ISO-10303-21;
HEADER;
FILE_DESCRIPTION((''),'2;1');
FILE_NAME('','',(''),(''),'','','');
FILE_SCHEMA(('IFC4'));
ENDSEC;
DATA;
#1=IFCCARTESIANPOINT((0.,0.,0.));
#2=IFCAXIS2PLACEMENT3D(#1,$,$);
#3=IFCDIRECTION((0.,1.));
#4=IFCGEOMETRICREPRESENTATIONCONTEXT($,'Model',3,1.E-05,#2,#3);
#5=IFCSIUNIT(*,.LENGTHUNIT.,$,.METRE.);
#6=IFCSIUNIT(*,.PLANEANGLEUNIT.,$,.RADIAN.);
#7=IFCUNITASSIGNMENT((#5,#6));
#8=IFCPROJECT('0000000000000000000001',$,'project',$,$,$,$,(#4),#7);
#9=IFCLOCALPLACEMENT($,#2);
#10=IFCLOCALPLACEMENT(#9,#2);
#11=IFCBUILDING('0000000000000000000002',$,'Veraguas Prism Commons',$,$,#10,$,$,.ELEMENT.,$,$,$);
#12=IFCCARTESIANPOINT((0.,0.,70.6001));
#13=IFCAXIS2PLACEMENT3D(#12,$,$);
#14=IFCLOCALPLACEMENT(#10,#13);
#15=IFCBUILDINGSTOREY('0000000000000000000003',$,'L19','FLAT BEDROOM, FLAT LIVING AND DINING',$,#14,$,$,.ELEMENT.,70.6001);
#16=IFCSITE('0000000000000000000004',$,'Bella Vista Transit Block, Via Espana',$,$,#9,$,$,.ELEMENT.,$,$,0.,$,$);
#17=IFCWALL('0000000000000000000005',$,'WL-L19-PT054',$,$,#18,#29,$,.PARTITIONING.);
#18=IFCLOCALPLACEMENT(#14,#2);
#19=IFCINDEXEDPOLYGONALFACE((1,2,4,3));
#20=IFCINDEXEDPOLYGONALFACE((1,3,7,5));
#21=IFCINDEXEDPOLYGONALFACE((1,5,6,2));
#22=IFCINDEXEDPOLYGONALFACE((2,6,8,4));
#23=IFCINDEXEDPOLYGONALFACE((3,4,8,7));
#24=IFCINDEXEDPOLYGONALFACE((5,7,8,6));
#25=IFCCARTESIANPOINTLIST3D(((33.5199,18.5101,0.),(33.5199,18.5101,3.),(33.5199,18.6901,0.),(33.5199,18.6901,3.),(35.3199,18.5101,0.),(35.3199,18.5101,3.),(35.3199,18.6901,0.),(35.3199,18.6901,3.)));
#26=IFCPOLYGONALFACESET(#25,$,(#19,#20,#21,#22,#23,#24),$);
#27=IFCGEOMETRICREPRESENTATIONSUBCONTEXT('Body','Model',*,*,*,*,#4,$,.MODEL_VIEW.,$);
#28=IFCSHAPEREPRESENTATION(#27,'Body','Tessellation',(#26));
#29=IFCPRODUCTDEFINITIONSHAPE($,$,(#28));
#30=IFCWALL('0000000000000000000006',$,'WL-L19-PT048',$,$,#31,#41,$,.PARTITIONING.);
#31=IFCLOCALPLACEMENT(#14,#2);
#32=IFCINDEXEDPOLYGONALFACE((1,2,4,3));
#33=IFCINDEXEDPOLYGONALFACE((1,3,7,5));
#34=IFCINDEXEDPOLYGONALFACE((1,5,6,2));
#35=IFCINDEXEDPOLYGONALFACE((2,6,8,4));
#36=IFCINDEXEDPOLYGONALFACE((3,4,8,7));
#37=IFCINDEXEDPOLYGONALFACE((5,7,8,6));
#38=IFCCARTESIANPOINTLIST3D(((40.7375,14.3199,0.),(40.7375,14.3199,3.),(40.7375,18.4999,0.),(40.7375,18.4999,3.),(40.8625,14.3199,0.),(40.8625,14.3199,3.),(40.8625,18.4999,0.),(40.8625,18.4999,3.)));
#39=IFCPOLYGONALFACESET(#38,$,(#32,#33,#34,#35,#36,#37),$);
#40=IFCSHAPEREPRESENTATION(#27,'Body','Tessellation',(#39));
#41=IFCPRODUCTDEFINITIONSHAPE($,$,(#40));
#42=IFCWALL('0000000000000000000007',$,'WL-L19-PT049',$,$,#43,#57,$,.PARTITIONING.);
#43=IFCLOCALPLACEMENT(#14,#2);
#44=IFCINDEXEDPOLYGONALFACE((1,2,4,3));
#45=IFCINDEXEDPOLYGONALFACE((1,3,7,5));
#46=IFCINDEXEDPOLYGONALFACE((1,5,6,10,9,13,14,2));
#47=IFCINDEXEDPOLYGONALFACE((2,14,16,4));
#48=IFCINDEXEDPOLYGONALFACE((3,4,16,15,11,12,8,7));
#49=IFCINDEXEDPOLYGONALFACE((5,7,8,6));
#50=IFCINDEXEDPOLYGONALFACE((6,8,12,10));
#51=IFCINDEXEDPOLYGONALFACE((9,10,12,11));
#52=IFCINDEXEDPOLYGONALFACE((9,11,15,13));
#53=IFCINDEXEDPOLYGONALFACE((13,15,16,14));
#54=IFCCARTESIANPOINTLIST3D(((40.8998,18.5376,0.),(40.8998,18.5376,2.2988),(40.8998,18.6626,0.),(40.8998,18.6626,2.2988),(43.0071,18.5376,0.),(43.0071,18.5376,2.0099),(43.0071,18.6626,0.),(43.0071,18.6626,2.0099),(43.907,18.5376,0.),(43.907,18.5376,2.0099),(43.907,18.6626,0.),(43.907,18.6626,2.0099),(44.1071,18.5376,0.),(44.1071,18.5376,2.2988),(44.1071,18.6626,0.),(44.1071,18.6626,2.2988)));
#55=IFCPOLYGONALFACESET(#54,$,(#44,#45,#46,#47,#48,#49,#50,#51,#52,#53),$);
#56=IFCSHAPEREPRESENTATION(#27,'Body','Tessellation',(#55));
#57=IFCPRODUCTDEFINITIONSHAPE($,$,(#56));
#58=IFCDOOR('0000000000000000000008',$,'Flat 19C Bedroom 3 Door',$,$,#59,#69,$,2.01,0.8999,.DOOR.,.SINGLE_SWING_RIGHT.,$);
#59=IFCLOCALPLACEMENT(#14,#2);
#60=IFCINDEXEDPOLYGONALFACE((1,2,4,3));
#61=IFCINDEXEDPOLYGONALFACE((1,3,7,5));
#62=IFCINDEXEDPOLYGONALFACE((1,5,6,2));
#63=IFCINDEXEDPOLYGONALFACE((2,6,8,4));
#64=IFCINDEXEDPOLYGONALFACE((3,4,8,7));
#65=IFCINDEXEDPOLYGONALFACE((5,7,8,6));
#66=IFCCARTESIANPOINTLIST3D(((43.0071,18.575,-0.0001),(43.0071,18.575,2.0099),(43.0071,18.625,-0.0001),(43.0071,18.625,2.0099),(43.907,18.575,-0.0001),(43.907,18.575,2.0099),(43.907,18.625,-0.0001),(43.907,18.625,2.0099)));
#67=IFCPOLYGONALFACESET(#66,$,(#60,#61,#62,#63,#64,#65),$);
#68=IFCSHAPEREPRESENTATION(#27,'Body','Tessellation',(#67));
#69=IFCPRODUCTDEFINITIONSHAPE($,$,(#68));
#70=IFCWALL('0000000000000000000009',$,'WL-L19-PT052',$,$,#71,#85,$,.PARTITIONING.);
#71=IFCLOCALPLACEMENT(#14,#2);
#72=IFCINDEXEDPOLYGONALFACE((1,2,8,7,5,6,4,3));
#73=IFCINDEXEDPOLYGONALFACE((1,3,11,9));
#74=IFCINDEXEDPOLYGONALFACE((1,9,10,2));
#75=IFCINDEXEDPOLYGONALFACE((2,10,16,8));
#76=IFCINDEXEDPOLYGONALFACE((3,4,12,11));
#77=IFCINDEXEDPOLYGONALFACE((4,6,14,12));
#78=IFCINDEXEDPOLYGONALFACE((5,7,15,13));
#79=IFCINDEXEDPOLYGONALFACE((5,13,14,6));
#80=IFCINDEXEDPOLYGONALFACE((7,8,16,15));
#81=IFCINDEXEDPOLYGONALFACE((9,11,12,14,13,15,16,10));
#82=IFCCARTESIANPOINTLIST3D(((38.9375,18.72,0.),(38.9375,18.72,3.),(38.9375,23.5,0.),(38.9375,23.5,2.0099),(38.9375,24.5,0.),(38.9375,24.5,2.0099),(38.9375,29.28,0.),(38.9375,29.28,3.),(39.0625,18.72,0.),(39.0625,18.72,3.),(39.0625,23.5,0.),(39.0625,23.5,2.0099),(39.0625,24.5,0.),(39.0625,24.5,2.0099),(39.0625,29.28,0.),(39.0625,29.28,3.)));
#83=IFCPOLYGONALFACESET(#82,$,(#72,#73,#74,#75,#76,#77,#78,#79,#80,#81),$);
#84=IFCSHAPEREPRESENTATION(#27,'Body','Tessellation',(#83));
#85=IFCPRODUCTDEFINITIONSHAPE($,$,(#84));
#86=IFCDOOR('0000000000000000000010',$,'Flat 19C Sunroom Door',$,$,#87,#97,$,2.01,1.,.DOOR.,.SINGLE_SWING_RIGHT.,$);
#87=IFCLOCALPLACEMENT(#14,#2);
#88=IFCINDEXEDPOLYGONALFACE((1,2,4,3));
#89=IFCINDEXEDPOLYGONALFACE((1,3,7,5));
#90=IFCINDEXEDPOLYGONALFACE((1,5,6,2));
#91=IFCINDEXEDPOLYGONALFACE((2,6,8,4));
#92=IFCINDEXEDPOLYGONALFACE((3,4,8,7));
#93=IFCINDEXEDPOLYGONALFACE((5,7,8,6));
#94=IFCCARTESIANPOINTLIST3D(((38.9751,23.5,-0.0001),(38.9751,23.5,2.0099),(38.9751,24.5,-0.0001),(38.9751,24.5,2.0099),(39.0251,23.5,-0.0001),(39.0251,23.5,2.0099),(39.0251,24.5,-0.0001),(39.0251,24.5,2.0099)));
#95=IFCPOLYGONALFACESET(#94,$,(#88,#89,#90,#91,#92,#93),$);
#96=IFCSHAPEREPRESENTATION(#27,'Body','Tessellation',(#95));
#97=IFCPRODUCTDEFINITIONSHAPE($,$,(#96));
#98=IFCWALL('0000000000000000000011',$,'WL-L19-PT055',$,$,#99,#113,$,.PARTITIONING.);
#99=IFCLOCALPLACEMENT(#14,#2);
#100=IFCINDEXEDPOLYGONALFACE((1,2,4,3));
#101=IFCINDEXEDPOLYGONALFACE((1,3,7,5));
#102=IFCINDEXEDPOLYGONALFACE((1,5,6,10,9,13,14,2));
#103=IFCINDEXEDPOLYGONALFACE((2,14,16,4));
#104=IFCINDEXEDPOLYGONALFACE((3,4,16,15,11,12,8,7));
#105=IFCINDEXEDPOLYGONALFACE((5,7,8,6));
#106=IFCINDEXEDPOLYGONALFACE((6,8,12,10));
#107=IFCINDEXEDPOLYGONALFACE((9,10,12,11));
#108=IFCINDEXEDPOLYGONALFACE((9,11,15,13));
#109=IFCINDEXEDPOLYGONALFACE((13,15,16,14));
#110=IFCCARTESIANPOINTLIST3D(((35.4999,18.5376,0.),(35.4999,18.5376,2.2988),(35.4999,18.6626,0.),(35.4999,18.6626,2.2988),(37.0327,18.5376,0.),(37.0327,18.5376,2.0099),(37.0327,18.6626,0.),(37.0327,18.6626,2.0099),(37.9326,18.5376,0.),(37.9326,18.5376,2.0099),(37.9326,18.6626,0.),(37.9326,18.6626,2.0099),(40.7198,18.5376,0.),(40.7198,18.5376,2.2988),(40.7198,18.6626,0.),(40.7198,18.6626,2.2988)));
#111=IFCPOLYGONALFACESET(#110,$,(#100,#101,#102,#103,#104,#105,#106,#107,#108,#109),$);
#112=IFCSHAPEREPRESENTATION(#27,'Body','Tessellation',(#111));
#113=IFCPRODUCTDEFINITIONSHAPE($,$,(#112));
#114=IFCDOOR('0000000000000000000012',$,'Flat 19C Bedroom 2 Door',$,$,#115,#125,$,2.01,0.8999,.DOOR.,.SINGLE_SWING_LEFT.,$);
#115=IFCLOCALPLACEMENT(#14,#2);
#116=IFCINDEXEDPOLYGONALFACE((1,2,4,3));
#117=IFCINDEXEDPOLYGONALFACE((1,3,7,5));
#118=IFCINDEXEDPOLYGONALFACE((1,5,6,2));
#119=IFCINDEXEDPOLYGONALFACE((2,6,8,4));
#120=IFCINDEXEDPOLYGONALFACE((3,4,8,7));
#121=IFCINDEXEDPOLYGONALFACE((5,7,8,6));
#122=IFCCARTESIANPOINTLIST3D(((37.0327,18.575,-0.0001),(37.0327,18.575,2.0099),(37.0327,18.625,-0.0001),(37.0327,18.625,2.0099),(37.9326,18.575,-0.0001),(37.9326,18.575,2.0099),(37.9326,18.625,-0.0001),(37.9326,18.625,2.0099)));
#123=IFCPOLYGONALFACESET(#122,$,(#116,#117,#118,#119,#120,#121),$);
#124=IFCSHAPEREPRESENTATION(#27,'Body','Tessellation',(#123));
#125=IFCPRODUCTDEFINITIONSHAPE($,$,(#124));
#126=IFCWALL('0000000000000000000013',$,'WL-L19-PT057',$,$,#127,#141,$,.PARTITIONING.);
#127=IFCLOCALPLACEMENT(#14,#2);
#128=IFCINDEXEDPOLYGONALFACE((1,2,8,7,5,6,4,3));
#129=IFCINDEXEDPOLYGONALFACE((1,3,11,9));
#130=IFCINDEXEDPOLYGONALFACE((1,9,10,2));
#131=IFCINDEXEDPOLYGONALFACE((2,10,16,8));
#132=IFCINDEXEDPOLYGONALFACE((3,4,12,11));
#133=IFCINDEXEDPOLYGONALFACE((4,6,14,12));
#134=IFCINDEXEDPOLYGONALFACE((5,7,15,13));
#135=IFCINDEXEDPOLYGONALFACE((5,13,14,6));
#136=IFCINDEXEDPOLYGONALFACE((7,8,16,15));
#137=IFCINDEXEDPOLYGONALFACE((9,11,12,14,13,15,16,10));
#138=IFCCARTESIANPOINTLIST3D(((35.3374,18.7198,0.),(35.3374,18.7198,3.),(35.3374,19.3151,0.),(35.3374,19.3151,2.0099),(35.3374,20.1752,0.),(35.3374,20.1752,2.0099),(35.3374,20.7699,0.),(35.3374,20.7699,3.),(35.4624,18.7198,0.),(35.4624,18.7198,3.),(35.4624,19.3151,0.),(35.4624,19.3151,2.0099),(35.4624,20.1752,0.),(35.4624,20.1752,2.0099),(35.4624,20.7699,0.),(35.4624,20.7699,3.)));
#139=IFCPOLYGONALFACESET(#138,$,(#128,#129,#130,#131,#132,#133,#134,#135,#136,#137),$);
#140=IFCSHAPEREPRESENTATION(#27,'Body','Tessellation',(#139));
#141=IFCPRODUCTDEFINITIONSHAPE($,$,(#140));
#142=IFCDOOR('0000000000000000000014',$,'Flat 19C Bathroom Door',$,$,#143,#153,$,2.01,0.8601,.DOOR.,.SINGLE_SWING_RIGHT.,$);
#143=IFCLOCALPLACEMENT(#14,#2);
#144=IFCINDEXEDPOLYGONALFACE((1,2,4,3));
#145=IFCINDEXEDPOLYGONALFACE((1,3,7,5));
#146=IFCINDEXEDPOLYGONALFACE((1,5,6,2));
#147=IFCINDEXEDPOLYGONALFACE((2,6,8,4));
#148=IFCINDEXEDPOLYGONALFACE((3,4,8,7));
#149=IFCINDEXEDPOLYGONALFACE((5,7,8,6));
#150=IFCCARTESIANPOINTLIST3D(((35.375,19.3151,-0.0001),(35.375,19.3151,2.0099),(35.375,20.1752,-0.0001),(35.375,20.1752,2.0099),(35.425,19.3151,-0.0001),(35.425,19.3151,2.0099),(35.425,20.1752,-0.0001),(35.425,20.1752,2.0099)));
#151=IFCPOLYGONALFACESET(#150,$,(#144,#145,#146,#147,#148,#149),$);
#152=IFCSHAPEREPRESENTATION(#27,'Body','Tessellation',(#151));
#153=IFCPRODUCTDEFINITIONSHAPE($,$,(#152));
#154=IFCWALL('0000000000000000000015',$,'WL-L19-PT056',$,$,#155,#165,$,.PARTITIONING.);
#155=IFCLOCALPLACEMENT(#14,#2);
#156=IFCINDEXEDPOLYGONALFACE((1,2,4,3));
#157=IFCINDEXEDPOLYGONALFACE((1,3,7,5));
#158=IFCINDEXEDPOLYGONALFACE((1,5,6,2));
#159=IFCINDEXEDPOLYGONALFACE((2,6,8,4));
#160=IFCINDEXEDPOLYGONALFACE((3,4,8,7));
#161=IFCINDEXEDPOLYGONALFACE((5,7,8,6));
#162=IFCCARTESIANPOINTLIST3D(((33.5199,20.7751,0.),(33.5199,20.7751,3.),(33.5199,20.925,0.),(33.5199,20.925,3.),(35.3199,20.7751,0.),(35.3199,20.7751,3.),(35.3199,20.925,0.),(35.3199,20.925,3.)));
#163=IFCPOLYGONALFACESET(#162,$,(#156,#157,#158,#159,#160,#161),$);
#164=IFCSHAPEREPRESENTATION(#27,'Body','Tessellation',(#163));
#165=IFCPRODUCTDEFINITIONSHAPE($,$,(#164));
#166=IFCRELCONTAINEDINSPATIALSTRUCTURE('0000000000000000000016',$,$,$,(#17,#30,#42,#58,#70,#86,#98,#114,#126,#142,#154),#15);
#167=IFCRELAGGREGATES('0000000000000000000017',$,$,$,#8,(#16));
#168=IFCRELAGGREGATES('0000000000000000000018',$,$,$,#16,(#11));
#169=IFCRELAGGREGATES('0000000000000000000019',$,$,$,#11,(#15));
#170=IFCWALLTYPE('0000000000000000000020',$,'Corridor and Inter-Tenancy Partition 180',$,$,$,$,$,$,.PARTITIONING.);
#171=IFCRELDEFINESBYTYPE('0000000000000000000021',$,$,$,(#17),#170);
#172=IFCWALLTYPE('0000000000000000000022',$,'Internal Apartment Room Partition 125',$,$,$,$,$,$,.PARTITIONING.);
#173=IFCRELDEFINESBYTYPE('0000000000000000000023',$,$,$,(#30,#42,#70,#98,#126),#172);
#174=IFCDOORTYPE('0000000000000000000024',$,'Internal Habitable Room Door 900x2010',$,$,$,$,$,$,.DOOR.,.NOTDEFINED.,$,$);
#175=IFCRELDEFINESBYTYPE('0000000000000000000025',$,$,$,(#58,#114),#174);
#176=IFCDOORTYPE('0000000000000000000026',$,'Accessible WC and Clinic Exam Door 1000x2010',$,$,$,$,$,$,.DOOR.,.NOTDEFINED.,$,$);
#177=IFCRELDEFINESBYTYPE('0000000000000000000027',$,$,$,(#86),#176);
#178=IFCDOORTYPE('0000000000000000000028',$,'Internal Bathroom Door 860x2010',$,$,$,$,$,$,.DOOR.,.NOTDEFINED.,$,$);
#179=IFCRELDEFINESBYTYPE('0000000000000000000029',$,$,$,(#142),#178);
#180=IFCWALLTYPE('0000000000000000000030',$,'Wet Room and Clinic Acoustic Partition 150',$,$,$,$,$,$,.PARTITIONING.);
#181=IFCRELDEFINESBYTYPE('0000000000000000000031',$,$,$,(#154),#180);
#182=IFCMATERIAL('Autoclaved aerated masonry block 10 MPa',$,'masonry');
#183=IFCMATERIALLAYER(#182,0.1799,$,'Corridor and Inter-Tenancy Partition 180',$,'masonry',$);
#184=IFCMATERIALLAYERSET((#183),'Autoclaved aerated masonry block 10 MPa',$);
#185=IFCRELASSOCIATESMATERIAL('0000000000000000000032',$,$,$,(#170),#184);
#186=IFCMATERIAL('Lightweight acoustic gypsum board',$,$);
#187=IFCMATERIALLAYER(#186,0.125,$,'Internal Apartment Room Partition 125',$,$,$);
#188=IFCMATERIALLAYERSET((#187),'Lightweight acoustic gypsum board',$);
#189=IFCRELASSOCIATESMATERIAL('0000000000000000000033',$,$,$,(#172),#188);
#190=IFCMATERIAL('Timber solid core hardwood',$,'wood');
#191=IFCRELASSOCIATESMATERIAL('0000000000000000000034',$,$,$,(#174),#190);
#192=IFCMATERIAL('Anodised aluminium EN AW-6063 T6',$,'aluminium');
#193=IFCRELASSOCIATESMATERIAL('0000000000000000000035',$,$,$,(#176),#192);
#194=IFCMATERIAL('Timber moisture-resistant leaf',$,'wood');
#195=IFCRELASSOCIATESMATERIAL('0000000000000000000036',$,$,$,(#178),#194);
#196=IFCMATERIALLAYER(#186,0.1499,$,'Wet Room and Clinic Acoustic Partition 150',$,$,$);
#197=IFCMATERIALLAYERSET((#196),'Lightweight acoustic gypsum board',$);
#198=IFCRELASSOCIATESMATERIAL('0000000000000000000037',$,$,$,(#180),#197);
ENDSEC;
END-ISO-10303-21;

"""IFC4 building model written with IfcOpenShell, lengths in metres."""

from ifc_helpers import new_model, si_unit, direction, frame, frame_2d, origin, place, context, subcontext, project, spatial, rectangle, extrude, source, transform, mapped, material, layer, layer_set, type_object, element, fill, save


model = new_model("IFC4")

# Units and contexts
model_context = context("Model", 3, precision=1e-05, world=origin(), true_north=direction((0.0, 1.0)))
body_context = subcontext(model_context, "Body", "Model", "MODEL_VIEW")
ifc_project = project(units=[si_unit("LENGTHUNIT", "METRE"), si_unit("PLANEANGLEUNIT", "RADIAN")], contexts=[model_context])

# Site, building, storey
site_placement = place(None, origin())
site = spatial("IfcSite", under=ifc_project, at=site_placement, Name="Bella Vista Transit Block, Via Espana", CompositionType="ELEMENT", RefElevation=0.0)
building_placement = place(site_placement, origin())
building = spatial("IfcBuilding", under=site, at=building_placement, Name="Veraguas Prism Commons", CompositionType="ELEMENT")
storey_placement = place(building_placement, frame((0.0, 0.0, 70.6001)))
storey = spatial("IfcBuildingStorey", under=building, at=storey_placement, Name="L19", Description="FLAT BEDROOM, FLAT LIVING AND DINING", CompositionType="ELEMENT", Elevation=70.6001)

# Shared definitions
ifc_material_1 = material(Name="Anodised aluminium EN AW-6063 T6", Category="aluminium")

# Shared definitions
ifc_material_2 = material(Name="Autoclaved aerated masonry block 10 MPa", Category="masonry")
ifc_layer_1 = layer(ifc_material_2, 0.1799, Name="Corridor and Inter-Tenancy Partition 180", Category="masonry")
ifc_layer_set_1 = layer_set([ifc_layer_1], Name="Autoclaved aerated masonry block 10 MPa")
wall_type_1 = type_object("IfcWallType", Name="Corridor and Inter-Tenancy Partition 180", PredefinedType="PARTITIONING", material=ifc_layer_set_1)

# Walls
wall_1_placement = place(storey_placement, frame((33.52, 18.6001, 0.0), z_axis=(0.0, 0.0, 1.0), x_axis=(1.0, 0.0, 0.0)))
element("IfcWall", 1, at=wall_1_placement, inside=storey, type_object=wall_type_1, Name="WL-L19-PT054", PredefinedType="PARTITIONING", context=body_context, shape_type="SweptSolid", body=[
    extrude(rectangle(XDim=1.8, YDim=0.1799, at=frame_2d((0.8999, 0.0))), origin(), (0.0, 0.0, 1.0), 3.0),
])
ifc_material_3 = material(Name="Lightweight acoustic gypsum board")
ifc_layer_2 = layer(ifc_material_3, 0.125, Name="Internal Apartment Room Partition 125")
ifc_layer_set_2 = layer_set([ifc_layer_2], Name="Lightweight acoustic gypsum board")
wall_type_2 = type_object("IfcWallType", Name="Internal Apartment Room Partition 125", PredefinedType="PARTITIONING", material=ifc_layer_set_2)
wall_2_placement = place(storey_placement, frame((40.8, 14.3201, 0.0), z_axis=(0.0, 0.0, 1.0), x_axis=(0.0, 1.0, 0.0)))
element("IfcWall", 2, at=wall_2_placement, inside=storey, type_object=wall_type_2, Name="WL-L19-PT048", PredefinedType="PARTITIONING", context=body_context, shape_type="SweptSolid", body=[
    extrude(rectangle(XDim=4.1799, YDim=0.125, at=frame_2d((2.0898, 0.0))), origin(), (0.0, 0.0, 1.0), 3.0),
])

# Walls, openings, doors
wall_3_placement = place(storey_placement, frame((40.8999, 18.6001, 0.0), z_axis=(0.0, 0.0, 1.0), x_axis=(1.0, 0.0, 0.0)))
wall_3 = element("IfcWall", 3, at=wall_3_placement, inside=storey, type_object=wall_type_2, Name="WL-L19-PT049", PredefinedType="PARTITIONING", context=body_context, shape_type="SweptSolid", body=[
    extrude(rectangle(XDim=3.2073, YDim=0.125, at=frame_2d((1.6035, 0.0))), origin(), (0.0, 0.0, 1.0), 2.2988),
])
opening_1_placement = place(wall_3_placement, frame((2.1072, 0.0, 0.0)))
opening_1 = element("IfcOpeningElement", 4, at=opening_1_placement, cuts=wall_3, PredefinedType="OPENING", context=body_context, shape_type="SweptSolid", body=[
    extrude(rectangle(XDim=0.8999, YDim=2.01, at=frame_2d((0.45, 1.0049))), frame((0.0, 0.0725, 0.0), z_axis=(0.0, -1.0, 0.0), x_axis=(1.0, 0.0, 0.0)), (0.0, 0.0, 1.0), 0.145),
])
ifc_material_4 = material(Name="Timber solid core hardwood", Category="wood")
door_type_1 = type_object("IfcDoorType", Name="Internal Habitable Room Door 900x2010", OperationType="NOTDEFINED", PredefinedType="DOOR", material=ifc_material_4)
shared_shape_1 = source(origin(), body_context, "Body", "SweptSolid", [
    extrude(rectangle(XDim=0.8999, YDim=2.01, at=frame_2d((0.45, 1.0049))), frame((0.0, 0.0249, 0.0), z_axis=(0.0, -1.0, 0.0), x_axis=(1.0, 0.0, 0.0)), (0.0, 0.0, 1.0), 0.05),
])
door_1_placement = place(opening_1_placement, origin())
door_1 = element("IfcDoor", 5, at=door_1_placement, inside=storey, type_object=door_type_1, Name="Flat 19C Bedroom 3 Door", OperationType="SINGLE_SWING_RIGHT", OverallHeight=2.01, OverallWidth=0.8999, PredefinedType="DOOR", context=body_context, shape_type="MappedRepresentation", body=[
    mapped(shared_shape_1, transform((0.0, 0.0, 0.0), scale=1.0)),
])
fill(opening_1, door_1)
wall_4_placement = place(storey_placement, frame((39.0, 18.72, 0.0), z_axis=(0.0, 0.0, 1.0), x_axis=(0.0, 1.0, 0.0)))
wall_4 = element("IfcWall", 6, at=wall_4_placement, inside=storey, type_object=wall_type_2, Name="WL-L19-PT052", PredefinedType="PARTITIONING", context=body_context, shape_type="SweptSolid", body=[
    extrude(rectangle(XDim=10.5601, YDim=0.125, at=frame_2d((5.28, 0.0))), origin(), (0.0, 0.0, 1.0), 3.0),
])
opening_2_placement = place(wall_4_placement, frame((4.78, 0.0, 0.0)))
opening_2 = element("IfcOpeningElement", 7, at=opening_2_placement, cuts=wall_4, PredefinedType="OPENING", context=body_context, shape_type="SweptSolid", body=[
    extrude(rectangle(XDim=1.0, YDim=2.01, at=frame_2d((0.5, 1.0049))), frame((0.0, 0.0725, 0.0), z_axis=(0.0, -1.0, 0.0), x_axis=(1.0, 0.0, 0.0)), (0.0, 0.0, 1.0), 0.145),
])
door_type_2 = type_object("IfcDoorType", Name="Accessible WC and Clinic Exam Door 1000x2010", OperationType="NOTDEFINED", PredefinedType="DOOR", material=ifc_material_1)
shared_shape_2 = source(origin(), body_context, "Body", "SweptSolid", [
    extrude(rectangle(XDim=1.0, YDim=2.01, at=frame_2d((0.5, 1.0049))), frame((0.0, 0.0249, 0.0), z_axis=(0.0, -1.0, 0.0), x_axis=(1.0, 0.0, 0.0)), (0.0, 0.0, 1.0), 0.05),
])
door_2_placement = place(opening_2_placement, origin())
door_2 = element("IfcDoor", 8, at=door_2_placement, inside=storey, type_object=door_type_2, Name="Flat 19C Sunroom Door", OperationType="SINGLE_SWING_RIGHT", OverallHeight=2.01, OverallWidth=1.0, PredefinedType="DOOR", context=body_context, shape_type="MappedRepresentation", body=[
    mapped(shared_shape_2, transform((0.0, 0.0, 0.0), scale=1.0)),
])
fill(opening_2, door_2)
wall_5_placement = place(storey_placement, frame((35.5, 18.6001, 0.0), z_axis=(0.0, 0.0, 1.0), x_axis=(1.0, 0.0, 0.0)))
wall_5 = element("IfcWall", 9, at=wall_5_placement, inside=storey, type_object=wall_type_2, Name="WL-L19-PT055", PredefinedType="PARTITIONING", context=body_context, shape_type="SweptSolid", body=[
    extrude(rectangle(XDim=5.22, YDim=0.125, at=frame_2d((2.6099, 0.0))), origin(), (0.0, 0.0, 1.0), 2.2988),
])
opening_3_placement = place(wall_5_placement, frame((1.5327, 0.0, 0.0)))
opening_3 = element("IfcOpeningElement", 10, at=opening_3_placement, cuts=wall_5, PredefinedType="OPENING", context=body_context, shape_type="SweptSolid", body=[
    extrude(rectangle(XDim=0.8999, YDim=2.01, at=frame_2d((0.45, 1.0049))), frame((0.0, 0.0725, 0.0), z_axis=(0.0, -1.0, 0.0), x_axis=(1.0, 0.0, 0.0)), (0.0, 0.0, 1.0), 0.145),
])
door_3_placement = place(opening_3_placement, origin())
door_3 = element("IfcDoor", 11, at=door_3_placement, inside=storey, type_object=door_type_1, Name="Flat 19C Bedroom 2 Door", OperationType="SINGLE_SWING_LEFT", OverallHeight=2.01, OverallWidth=0.8999, PredefinedType="DOOR", context=body_context, shape_type="MappedRepresentation", body=[
    mapped(shared_shape_1, transform((0.0, 0.0, 0.0), scale=1.0)),
])
fill(opening_3, door_3)
wall_6_placement = place(storey_placement, frame((35.3999, 18.72, 0.0), z_axis=(0.0, 0.0, 1.0), x_axis=(0.0, 1.0, 0.0)))
wall_6 = element("IfcWall", 12, at=wall_6_placement, inside=storey, type_object=wall_type_2, Name="WL-L19-PT057", PredefinedType="PARTITIONING", context=body_context, shape_type="SweptSolid", body=[
    extrude(rectangle(XDim=2.05, YDim=0.125, at=frame_2d((1.0249, 0.0))), origin(), (0.0, 0.0, 1.0), 3.0),
])
opening_4_placement = place(wall_6_placement, frame((0.595, 0.0, 0.0)))
opening_4 = element("IfcOpeningElement", 13, at=opening_4_placement, cuts=wall_6, PredefinedType="OPENING", context=body_context, shape_type="SweptSolid", body=[
    extrude(rectangle(XDim=0.8601, YDim=2.01, at=frame_2d((0.4302, 1.0049))), frame((0.0, 0.0725, 0.0), z_axis=(0.0, -1.0, 0.0), x_axis=(1.0, 0.0, 0.0)), (0.0, 0.0, 1.0), 0.145),
])
ifc_material_5 = material(Name="Timber moisture-resistant leaf", Category="wood")
door_type_3 = type_object("IfcDoorType", Name="Internal Bathroom Door 860x2010", OperationType="NOTDEFINED", PredefinedType="DOOR", material=ifc_material_5)
shared_shape_3 = source(origin(), body_context, "Body", "SweptSolid", [
    extrude(rectangle(XDim=0.8601, YDim=2.01, at=frame_2d((0.4302, 1.0049))), frame((0.0, 0.0249, 0.0), z_axis=(0.0, -1.0, 0.0), x_axis=(1.0, 0.0, 0.0)), (0.0, 0.0, 1.0), 0.05),
])
door_4_placement = place(opening_4_placement, origin())
door_4 = element("IfcDoor", 14, at=door_4_placement, inside=storey, type_object=door_type_3, Name="Flat 19C Bathroom Door", OperationType="SINGLE_SWING_RIGHT", OverallHeight=2.01, OverallWidth=0.8601, PredefinedType="DOOR", context=body_context, shape_type="MappedRepresentation", body=[
    mapped(shared_shape_3, transform((0.0, 0.0, 0.0), scale=1.0)),
])
fill(opening_4, door_4)

# Wall
ifc_layer_3 = layer(ifc_material_3, 0.1499, Name="Wet Room and Clinic Acoustic Partition 150")
ifc_layer_set_3 = layer_set([ifc_layer_3], Name="Lightweight acoustic gypsum board")
wall_type_3 = type_object("IfcWallType", Name="Wet Room and Clinic Acoustic Partition 150", PredefinedType="PARTITIONING", material=ifc_layer_set_3)
wall_7_placement = place(storey_placement, frame((33.52, 20.8501, 0.0), z_axis=(0.0, 0.0, 1.0), x_axis=(1.0, 0.0, 0.0)))
element("IfcWall", 15, at=wall_7_placement, inside=storey, type_object=wall_type_3, Name="WL-L19-PT056", PredefinedType="PARTITIONING", context=body_context, shape_type="SweptSolid", body=[
    extrude(rectangle(XDim=1.8, YDim=0.1499, at=frame_2d((0.8999, 0.0))), origin(), (0.0, 0.0, 1.0), 3.0),
])

save(model, "model.ifc")
